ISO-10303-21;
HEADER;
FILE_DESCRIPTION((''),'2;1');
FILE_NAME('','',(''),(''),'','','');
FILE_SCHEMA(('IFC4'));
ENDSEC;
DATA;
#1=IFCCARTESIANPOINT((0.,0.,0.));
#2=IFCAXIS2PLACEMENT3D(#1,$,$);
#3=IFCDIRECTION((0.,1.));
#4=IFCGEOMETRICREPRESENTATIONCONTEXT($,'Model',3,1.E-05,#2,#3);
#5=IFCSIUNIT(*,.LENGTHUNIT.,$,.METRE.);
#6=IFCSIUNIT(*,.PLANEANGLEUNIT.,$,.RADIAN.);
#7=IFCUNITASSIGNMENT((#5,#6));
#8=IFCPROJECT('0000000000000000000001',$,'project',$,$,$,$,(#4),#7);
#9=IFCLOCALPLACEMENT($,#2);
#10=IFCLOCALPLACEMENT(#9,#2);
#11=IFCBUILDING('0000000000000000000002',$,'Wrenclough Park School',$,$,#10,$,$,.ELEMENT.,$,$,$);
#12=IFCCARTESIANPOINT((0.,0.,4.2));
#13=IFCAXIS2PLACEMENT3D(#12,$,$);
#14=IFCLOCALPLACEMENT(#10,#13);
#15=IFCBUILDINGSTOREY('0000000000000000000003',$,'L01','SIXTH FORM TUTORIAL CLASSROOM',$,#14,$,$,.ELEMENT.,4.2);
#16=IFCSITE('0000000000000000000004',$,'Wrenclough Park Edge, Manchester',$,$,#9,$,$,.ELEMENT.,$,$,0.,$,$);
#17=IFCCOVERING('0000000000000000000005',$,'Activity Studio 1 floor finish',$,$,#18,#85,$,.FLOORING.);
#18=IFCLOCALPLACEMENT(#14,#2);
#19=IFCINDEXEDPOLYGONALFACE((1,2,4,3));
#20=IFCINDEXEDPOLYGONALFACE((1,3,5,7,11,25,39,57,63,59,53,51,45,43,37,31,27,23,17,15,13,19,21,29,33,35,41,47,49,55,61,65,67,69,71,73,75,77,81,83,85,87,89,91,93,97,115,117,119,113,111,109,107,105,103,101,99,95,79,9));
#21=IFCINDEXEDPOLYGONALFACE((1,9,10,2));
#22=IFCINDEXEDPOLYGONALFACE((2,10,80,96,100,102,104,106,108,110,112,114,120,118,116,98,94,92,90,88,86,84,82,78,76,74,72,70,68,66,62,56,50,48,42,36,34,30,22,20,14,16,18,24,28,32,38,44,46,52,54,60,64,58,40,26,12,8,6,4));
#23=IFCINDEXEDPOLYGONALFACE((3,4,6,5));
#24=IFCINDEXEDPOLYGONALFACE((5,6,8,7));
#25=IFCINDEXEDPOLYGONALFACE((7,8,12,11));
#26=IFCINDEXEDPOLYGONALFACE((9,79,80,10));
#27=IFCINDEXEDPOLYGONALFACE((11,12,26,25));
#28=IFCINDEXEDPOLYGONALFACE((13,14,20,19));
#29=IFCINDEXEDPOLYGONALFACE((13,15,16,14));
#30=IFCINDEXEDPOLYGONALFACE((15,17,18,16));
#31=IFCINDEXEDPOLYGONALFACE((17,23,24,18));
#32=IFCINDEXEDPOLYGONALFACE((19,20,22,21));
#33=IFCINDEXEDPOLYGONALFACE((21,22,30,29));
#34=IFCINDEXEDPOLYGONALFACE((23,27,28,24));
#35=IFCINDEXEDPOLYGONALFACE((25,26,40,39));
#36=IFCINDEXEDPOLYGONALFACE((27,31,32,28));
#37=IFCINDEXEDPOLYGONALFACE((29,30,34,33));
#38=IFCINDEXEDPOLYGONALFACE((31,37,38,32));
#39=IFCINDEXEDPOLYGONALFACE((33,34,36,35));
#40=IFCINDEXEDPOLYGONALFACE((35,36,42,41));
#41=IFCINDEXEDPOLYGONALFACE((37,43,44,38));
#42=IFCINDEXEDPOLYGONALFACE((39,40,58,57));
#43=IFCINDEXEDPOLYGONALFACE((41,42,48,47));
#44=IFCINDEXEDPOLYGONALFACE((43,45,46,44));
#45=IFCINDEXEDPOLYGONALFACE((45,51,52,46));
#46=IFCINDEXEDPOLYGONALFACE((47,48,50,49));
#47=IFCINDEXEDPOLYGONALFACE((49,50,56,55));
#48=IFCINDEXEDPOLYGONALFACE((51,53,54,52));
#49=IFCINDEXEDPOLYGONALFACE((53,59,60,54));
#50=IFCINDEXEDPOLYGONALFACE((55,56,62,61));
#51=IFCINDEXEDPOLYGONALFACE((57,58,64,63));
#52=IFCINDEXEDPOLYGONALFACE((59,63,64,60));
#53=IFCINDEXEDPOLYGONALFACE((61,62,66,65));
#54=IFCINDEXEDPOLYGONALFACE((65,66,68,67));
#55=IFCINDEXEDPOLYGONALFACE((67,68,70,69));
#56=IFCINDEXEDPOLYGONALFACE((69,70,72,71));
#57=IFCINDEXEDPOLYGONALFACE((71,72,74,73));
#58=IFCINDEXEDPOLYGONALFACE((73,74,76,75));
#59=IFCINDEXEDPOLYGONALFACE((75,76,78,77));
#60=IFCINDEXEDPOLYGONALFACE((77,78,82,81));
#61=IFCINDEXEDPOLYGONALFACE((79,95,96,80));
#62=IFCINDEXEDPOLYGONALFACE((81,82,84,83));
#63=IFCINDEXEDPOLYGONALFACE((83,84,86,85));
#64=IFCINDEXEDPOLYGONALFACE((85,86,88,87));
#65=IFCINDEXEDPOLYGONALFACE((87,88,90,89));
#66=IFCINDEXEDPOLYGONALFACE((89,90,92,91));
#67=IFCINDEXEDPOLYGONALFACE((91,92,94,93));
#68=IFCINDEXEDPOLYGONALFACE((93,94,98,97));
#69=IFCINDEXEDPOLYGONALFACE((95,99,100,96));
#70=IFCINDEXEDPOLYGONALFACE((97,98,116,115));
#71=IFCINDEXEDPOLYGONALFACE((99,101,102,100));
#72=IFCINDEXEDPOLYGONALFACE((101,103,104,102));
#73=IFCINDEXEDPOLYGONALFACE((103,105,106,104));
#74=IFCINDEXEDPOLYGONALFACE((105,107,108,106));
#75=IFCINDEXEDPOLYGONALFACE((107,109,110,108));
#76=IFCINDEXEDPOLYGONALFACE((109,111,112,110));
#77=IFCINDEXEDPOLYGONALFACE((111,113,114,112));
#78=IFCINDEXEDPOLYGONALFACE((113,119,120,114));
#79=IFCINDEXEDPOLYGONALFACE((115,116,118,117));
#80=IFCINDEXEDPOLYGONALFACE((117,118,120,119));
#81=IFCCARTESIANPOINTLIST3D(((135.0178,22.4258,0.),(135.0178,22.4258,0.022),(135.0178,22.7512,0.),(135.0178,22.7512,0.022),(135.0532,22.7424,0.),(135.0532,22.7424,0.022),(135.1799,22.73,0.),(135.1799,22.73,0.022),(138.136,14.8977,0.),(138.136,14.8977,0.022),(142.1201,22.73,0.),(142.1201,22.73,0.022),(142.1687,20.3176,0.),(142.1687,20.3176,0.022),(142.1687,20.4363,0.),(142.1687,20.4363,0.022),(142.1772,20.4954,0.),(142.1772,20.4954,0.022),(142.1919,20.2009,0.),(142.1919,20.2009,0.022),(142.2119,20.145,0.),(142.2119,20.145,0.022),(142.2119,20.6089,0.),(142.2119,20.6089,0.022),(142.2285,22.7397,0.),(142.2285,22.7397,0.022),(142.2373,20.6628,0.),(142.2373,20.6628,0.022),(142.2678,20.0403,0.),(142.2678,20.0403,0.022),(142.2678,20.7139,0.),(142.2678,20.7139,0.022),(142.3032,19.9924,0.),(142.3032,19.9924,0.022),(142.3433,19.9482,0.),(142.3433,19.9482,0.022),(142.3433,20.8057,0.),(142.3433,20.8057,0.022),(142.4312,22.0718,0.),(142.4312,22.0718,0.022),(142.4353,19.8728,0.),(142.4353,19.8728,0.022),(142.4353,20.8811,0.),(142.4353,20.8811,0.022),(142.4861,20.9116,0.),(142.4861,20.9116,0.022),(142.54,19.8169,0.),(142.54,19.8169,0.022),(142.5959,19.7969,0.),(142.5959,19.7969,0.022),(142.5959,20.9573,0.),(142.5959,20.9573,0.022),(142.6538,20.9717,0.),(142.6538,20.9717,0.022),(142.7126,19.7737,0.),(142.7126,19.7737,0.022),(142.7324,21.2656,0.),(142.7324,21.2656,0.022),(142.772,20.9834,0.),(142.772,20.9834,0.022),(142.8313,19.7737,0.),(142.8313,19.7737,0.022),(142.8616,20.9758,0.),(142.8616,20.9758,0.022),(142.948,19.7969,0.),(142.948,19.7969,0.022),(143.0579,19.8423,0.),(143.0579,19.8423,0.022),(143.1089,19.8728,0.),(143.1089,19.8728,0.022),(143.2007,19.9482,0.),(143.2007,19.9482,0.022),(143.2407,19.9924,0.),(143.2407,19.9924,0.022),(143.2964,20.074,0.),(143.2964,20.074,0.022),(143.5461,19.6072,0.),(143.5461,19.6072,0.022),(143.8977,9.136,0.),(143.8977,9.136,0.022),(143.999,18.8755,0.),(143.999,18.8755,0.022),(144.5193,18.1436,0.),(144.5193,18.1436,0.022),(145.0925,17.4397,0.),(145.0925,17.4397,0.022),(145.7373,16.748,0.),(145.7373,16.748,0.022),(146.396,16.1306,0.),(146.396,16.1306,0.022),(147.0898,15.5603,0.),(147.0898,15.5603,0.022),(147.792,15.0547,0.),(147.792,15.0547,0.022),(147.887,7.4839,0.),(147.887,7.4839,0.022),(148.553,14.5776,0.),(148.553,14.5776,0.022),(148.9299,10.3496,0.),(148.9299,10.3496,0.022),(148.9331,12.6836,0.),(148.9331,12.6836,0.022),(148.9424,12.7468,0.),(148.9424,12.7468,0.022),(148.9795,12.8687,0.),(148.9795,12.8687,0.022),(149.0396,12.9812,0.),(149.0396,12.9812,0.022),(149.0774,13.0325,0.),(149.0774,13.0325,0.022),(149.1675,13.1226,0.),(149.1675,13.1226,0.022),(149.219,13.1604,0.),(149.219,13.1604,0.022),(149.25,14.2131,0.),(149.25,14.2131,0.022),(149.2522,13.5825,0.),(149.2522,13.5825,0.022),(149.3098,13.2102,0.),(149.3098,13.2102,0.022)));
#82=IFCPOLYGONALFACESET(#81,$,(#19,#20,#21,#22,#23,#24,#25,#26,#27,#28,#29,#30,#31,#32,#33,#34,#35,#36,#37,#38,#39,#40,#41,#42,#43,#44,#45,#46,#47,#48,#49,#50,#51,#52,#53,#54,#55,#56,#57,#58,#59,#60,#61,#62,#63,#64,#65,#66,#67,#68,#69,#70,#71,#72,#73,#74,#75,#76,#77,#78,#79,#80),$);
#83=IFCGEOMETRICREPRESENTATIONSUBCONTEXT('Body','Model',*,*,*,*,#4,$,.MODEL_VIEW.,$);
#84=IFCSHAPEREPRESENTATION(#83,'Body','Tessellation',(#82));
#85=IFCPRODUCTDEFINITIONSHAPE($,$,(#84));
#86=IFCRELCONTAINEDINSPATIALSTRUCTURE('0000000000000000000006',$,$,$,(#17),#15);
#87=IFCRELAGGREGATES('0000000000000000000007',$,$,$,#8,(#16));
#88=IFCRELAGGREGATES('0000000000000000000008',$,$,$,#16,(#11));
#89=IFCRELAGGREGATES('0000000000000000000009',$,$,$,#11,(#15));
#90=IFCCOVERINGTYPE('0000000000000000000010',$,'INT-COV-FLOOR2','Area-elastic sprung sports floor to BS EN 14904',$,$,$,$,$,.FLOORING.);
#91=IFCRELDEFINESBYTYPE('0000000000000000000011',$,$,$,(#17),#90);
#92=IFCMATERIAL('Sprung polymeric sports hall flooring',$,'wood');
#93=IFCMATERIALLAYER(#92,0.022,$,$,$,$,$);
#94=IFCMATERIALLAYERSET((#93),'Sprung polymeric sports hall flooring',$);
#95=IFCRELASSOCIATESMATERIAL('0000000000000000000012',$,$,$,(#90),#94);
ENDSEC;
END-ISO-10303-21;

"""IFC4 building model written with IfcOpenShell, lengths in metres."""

from ifc_helpers import new_model, si_unit, direction, frame, origin, place, context, subcontext, project, spatial, polyline, outline, extrude, material, layer, layer_set, type_object, element, save


model = new_model("IFC4")

# Units and contexts
model_context = context("Model", 3, precision=1e-05, world=origin(), true_north=direction((0.0, 1.0)))
body_context = subcontext(model_context, "Body", "Model", "MODEL_VIEW")
ifc_project = project(units=[si_unit("LENGTHUNIT", "METRE"), si_unit("PLANEANGLEUNIT", "RADIAN")], contexts=[model_context])

# Site, building, storey
site_placement = place(None, origin())
site = spatial("IfcSite", under=ifc_project, at=site_placement, Name="Wrenclough Park Edge, Manchester", CompositionType="ELEMENT", RefElevation=0.0)
building_placement = place(site_placement, origin())
building = spatial("IfcBuilding", under=site, at=building_placement, Name="Wrenclough Park School", CompositionType="ELEMENT")
storey_placement = place(building_placement, frame((0.0, 0.0, 4.2)))
storey = spatial("IfcBuildingStorey", under=building, at=storey_placement, Name="L01", Description="SIXTH FORM TUTORIAL CLASSROOM", CompositionType="ELEMENT", Elevation=4.2)

# Covering
ifc_material_1 = material(Name="Sprung polymeric sports hall flooring", Category="wood")
ifc_layer_1 = layer(ifc_material_1, 0.022)
ifc_layer_set_1 = layer_set([ifc_layer_1], Name="Sprung polymeric sports hall flooring")
covering_type_1 = type_object("IfcCoveringType", Name="INT-COV-FLOOR2", Description="Area-elastic sprung sports floor to BS EN 14904", PredefinedType="FLOORING", material=ifc_layer_set_1)
covering_1_placement = place(storey_placement, origin())
element("IfcCovering", 1, at=covering_1_placement, inside=storey, type_object=covering_type_1, Name="Activity Studio 1 floor finish", PredefinedType="FLOORING", context=body_context, shape_type="SweptSolid", body=[
    extrude(outline(polyline([(135.0532, 22.7424), (135.0178, 22.7512), (135.0178, 22.4258), (138.136, 14.8977), (143.8977, 9.136), (147.887, 7.4839), (148.9299, 10.3496), (148.9331, 12.6836), (148.9424, 12.7468), (148.9795, 12.8687), (149.0396, 12.9812), (149.0774, 13.0325), (149.1675, 13.1226), (149.219, 13.1604), (149.3098, 13.2102), (149.2522, 13.5825), (149.25, 14.2131), (148.553, 14.5776), (147.792, 15.0547), (147.0898, 15.5603), (146.396, 16.1306), (145.7373, 16.748), (145.0925, 17.4397), (144.5193, 18.1436), (143.999, 18.8755), (143.5461, 19.6072), (143.2964, 20.074), (143.2407, 19.9924), (143.2007, 19.9482), (143.1089, 19.8728), (143.0579, 19.8423), (142.948, 19.7969), (142.8313, 19.7737), (142.7126, 19.7737), (142.5959, 19.7969), (142.54, 19.8169), (142.4353, 19.8728), (142.3433, 19.9482), (142.3032, 19.9924), (142.2678, 20.0403), (142.2119, 20.145), (142.1919, 20.2009), (142.1687, 20.3176), (142.1687, 20.4363), (142.1772, 20.4954), (142.2119, 20.6089), (142.2373, 20.6628), (142.2678, 20.7139), (142.3433, 20.8057), (142.4353, 20.8811), (142.4861, 20.9116), (142.5959, 20.9573), (142.6538, 20.9717), (142.772, 20.9834), (142.8616, 20.9758), (142.7324, 21.2656), (142.4312, 22.0718), (142.2285, 22.7397), (142.1201, 22.73), (135.1799, 22.73), (135.0532, 22.7424)])), origin(), (0.0, 0.0, 1.0), 0.022),
])

save(model, "model.ifc")
